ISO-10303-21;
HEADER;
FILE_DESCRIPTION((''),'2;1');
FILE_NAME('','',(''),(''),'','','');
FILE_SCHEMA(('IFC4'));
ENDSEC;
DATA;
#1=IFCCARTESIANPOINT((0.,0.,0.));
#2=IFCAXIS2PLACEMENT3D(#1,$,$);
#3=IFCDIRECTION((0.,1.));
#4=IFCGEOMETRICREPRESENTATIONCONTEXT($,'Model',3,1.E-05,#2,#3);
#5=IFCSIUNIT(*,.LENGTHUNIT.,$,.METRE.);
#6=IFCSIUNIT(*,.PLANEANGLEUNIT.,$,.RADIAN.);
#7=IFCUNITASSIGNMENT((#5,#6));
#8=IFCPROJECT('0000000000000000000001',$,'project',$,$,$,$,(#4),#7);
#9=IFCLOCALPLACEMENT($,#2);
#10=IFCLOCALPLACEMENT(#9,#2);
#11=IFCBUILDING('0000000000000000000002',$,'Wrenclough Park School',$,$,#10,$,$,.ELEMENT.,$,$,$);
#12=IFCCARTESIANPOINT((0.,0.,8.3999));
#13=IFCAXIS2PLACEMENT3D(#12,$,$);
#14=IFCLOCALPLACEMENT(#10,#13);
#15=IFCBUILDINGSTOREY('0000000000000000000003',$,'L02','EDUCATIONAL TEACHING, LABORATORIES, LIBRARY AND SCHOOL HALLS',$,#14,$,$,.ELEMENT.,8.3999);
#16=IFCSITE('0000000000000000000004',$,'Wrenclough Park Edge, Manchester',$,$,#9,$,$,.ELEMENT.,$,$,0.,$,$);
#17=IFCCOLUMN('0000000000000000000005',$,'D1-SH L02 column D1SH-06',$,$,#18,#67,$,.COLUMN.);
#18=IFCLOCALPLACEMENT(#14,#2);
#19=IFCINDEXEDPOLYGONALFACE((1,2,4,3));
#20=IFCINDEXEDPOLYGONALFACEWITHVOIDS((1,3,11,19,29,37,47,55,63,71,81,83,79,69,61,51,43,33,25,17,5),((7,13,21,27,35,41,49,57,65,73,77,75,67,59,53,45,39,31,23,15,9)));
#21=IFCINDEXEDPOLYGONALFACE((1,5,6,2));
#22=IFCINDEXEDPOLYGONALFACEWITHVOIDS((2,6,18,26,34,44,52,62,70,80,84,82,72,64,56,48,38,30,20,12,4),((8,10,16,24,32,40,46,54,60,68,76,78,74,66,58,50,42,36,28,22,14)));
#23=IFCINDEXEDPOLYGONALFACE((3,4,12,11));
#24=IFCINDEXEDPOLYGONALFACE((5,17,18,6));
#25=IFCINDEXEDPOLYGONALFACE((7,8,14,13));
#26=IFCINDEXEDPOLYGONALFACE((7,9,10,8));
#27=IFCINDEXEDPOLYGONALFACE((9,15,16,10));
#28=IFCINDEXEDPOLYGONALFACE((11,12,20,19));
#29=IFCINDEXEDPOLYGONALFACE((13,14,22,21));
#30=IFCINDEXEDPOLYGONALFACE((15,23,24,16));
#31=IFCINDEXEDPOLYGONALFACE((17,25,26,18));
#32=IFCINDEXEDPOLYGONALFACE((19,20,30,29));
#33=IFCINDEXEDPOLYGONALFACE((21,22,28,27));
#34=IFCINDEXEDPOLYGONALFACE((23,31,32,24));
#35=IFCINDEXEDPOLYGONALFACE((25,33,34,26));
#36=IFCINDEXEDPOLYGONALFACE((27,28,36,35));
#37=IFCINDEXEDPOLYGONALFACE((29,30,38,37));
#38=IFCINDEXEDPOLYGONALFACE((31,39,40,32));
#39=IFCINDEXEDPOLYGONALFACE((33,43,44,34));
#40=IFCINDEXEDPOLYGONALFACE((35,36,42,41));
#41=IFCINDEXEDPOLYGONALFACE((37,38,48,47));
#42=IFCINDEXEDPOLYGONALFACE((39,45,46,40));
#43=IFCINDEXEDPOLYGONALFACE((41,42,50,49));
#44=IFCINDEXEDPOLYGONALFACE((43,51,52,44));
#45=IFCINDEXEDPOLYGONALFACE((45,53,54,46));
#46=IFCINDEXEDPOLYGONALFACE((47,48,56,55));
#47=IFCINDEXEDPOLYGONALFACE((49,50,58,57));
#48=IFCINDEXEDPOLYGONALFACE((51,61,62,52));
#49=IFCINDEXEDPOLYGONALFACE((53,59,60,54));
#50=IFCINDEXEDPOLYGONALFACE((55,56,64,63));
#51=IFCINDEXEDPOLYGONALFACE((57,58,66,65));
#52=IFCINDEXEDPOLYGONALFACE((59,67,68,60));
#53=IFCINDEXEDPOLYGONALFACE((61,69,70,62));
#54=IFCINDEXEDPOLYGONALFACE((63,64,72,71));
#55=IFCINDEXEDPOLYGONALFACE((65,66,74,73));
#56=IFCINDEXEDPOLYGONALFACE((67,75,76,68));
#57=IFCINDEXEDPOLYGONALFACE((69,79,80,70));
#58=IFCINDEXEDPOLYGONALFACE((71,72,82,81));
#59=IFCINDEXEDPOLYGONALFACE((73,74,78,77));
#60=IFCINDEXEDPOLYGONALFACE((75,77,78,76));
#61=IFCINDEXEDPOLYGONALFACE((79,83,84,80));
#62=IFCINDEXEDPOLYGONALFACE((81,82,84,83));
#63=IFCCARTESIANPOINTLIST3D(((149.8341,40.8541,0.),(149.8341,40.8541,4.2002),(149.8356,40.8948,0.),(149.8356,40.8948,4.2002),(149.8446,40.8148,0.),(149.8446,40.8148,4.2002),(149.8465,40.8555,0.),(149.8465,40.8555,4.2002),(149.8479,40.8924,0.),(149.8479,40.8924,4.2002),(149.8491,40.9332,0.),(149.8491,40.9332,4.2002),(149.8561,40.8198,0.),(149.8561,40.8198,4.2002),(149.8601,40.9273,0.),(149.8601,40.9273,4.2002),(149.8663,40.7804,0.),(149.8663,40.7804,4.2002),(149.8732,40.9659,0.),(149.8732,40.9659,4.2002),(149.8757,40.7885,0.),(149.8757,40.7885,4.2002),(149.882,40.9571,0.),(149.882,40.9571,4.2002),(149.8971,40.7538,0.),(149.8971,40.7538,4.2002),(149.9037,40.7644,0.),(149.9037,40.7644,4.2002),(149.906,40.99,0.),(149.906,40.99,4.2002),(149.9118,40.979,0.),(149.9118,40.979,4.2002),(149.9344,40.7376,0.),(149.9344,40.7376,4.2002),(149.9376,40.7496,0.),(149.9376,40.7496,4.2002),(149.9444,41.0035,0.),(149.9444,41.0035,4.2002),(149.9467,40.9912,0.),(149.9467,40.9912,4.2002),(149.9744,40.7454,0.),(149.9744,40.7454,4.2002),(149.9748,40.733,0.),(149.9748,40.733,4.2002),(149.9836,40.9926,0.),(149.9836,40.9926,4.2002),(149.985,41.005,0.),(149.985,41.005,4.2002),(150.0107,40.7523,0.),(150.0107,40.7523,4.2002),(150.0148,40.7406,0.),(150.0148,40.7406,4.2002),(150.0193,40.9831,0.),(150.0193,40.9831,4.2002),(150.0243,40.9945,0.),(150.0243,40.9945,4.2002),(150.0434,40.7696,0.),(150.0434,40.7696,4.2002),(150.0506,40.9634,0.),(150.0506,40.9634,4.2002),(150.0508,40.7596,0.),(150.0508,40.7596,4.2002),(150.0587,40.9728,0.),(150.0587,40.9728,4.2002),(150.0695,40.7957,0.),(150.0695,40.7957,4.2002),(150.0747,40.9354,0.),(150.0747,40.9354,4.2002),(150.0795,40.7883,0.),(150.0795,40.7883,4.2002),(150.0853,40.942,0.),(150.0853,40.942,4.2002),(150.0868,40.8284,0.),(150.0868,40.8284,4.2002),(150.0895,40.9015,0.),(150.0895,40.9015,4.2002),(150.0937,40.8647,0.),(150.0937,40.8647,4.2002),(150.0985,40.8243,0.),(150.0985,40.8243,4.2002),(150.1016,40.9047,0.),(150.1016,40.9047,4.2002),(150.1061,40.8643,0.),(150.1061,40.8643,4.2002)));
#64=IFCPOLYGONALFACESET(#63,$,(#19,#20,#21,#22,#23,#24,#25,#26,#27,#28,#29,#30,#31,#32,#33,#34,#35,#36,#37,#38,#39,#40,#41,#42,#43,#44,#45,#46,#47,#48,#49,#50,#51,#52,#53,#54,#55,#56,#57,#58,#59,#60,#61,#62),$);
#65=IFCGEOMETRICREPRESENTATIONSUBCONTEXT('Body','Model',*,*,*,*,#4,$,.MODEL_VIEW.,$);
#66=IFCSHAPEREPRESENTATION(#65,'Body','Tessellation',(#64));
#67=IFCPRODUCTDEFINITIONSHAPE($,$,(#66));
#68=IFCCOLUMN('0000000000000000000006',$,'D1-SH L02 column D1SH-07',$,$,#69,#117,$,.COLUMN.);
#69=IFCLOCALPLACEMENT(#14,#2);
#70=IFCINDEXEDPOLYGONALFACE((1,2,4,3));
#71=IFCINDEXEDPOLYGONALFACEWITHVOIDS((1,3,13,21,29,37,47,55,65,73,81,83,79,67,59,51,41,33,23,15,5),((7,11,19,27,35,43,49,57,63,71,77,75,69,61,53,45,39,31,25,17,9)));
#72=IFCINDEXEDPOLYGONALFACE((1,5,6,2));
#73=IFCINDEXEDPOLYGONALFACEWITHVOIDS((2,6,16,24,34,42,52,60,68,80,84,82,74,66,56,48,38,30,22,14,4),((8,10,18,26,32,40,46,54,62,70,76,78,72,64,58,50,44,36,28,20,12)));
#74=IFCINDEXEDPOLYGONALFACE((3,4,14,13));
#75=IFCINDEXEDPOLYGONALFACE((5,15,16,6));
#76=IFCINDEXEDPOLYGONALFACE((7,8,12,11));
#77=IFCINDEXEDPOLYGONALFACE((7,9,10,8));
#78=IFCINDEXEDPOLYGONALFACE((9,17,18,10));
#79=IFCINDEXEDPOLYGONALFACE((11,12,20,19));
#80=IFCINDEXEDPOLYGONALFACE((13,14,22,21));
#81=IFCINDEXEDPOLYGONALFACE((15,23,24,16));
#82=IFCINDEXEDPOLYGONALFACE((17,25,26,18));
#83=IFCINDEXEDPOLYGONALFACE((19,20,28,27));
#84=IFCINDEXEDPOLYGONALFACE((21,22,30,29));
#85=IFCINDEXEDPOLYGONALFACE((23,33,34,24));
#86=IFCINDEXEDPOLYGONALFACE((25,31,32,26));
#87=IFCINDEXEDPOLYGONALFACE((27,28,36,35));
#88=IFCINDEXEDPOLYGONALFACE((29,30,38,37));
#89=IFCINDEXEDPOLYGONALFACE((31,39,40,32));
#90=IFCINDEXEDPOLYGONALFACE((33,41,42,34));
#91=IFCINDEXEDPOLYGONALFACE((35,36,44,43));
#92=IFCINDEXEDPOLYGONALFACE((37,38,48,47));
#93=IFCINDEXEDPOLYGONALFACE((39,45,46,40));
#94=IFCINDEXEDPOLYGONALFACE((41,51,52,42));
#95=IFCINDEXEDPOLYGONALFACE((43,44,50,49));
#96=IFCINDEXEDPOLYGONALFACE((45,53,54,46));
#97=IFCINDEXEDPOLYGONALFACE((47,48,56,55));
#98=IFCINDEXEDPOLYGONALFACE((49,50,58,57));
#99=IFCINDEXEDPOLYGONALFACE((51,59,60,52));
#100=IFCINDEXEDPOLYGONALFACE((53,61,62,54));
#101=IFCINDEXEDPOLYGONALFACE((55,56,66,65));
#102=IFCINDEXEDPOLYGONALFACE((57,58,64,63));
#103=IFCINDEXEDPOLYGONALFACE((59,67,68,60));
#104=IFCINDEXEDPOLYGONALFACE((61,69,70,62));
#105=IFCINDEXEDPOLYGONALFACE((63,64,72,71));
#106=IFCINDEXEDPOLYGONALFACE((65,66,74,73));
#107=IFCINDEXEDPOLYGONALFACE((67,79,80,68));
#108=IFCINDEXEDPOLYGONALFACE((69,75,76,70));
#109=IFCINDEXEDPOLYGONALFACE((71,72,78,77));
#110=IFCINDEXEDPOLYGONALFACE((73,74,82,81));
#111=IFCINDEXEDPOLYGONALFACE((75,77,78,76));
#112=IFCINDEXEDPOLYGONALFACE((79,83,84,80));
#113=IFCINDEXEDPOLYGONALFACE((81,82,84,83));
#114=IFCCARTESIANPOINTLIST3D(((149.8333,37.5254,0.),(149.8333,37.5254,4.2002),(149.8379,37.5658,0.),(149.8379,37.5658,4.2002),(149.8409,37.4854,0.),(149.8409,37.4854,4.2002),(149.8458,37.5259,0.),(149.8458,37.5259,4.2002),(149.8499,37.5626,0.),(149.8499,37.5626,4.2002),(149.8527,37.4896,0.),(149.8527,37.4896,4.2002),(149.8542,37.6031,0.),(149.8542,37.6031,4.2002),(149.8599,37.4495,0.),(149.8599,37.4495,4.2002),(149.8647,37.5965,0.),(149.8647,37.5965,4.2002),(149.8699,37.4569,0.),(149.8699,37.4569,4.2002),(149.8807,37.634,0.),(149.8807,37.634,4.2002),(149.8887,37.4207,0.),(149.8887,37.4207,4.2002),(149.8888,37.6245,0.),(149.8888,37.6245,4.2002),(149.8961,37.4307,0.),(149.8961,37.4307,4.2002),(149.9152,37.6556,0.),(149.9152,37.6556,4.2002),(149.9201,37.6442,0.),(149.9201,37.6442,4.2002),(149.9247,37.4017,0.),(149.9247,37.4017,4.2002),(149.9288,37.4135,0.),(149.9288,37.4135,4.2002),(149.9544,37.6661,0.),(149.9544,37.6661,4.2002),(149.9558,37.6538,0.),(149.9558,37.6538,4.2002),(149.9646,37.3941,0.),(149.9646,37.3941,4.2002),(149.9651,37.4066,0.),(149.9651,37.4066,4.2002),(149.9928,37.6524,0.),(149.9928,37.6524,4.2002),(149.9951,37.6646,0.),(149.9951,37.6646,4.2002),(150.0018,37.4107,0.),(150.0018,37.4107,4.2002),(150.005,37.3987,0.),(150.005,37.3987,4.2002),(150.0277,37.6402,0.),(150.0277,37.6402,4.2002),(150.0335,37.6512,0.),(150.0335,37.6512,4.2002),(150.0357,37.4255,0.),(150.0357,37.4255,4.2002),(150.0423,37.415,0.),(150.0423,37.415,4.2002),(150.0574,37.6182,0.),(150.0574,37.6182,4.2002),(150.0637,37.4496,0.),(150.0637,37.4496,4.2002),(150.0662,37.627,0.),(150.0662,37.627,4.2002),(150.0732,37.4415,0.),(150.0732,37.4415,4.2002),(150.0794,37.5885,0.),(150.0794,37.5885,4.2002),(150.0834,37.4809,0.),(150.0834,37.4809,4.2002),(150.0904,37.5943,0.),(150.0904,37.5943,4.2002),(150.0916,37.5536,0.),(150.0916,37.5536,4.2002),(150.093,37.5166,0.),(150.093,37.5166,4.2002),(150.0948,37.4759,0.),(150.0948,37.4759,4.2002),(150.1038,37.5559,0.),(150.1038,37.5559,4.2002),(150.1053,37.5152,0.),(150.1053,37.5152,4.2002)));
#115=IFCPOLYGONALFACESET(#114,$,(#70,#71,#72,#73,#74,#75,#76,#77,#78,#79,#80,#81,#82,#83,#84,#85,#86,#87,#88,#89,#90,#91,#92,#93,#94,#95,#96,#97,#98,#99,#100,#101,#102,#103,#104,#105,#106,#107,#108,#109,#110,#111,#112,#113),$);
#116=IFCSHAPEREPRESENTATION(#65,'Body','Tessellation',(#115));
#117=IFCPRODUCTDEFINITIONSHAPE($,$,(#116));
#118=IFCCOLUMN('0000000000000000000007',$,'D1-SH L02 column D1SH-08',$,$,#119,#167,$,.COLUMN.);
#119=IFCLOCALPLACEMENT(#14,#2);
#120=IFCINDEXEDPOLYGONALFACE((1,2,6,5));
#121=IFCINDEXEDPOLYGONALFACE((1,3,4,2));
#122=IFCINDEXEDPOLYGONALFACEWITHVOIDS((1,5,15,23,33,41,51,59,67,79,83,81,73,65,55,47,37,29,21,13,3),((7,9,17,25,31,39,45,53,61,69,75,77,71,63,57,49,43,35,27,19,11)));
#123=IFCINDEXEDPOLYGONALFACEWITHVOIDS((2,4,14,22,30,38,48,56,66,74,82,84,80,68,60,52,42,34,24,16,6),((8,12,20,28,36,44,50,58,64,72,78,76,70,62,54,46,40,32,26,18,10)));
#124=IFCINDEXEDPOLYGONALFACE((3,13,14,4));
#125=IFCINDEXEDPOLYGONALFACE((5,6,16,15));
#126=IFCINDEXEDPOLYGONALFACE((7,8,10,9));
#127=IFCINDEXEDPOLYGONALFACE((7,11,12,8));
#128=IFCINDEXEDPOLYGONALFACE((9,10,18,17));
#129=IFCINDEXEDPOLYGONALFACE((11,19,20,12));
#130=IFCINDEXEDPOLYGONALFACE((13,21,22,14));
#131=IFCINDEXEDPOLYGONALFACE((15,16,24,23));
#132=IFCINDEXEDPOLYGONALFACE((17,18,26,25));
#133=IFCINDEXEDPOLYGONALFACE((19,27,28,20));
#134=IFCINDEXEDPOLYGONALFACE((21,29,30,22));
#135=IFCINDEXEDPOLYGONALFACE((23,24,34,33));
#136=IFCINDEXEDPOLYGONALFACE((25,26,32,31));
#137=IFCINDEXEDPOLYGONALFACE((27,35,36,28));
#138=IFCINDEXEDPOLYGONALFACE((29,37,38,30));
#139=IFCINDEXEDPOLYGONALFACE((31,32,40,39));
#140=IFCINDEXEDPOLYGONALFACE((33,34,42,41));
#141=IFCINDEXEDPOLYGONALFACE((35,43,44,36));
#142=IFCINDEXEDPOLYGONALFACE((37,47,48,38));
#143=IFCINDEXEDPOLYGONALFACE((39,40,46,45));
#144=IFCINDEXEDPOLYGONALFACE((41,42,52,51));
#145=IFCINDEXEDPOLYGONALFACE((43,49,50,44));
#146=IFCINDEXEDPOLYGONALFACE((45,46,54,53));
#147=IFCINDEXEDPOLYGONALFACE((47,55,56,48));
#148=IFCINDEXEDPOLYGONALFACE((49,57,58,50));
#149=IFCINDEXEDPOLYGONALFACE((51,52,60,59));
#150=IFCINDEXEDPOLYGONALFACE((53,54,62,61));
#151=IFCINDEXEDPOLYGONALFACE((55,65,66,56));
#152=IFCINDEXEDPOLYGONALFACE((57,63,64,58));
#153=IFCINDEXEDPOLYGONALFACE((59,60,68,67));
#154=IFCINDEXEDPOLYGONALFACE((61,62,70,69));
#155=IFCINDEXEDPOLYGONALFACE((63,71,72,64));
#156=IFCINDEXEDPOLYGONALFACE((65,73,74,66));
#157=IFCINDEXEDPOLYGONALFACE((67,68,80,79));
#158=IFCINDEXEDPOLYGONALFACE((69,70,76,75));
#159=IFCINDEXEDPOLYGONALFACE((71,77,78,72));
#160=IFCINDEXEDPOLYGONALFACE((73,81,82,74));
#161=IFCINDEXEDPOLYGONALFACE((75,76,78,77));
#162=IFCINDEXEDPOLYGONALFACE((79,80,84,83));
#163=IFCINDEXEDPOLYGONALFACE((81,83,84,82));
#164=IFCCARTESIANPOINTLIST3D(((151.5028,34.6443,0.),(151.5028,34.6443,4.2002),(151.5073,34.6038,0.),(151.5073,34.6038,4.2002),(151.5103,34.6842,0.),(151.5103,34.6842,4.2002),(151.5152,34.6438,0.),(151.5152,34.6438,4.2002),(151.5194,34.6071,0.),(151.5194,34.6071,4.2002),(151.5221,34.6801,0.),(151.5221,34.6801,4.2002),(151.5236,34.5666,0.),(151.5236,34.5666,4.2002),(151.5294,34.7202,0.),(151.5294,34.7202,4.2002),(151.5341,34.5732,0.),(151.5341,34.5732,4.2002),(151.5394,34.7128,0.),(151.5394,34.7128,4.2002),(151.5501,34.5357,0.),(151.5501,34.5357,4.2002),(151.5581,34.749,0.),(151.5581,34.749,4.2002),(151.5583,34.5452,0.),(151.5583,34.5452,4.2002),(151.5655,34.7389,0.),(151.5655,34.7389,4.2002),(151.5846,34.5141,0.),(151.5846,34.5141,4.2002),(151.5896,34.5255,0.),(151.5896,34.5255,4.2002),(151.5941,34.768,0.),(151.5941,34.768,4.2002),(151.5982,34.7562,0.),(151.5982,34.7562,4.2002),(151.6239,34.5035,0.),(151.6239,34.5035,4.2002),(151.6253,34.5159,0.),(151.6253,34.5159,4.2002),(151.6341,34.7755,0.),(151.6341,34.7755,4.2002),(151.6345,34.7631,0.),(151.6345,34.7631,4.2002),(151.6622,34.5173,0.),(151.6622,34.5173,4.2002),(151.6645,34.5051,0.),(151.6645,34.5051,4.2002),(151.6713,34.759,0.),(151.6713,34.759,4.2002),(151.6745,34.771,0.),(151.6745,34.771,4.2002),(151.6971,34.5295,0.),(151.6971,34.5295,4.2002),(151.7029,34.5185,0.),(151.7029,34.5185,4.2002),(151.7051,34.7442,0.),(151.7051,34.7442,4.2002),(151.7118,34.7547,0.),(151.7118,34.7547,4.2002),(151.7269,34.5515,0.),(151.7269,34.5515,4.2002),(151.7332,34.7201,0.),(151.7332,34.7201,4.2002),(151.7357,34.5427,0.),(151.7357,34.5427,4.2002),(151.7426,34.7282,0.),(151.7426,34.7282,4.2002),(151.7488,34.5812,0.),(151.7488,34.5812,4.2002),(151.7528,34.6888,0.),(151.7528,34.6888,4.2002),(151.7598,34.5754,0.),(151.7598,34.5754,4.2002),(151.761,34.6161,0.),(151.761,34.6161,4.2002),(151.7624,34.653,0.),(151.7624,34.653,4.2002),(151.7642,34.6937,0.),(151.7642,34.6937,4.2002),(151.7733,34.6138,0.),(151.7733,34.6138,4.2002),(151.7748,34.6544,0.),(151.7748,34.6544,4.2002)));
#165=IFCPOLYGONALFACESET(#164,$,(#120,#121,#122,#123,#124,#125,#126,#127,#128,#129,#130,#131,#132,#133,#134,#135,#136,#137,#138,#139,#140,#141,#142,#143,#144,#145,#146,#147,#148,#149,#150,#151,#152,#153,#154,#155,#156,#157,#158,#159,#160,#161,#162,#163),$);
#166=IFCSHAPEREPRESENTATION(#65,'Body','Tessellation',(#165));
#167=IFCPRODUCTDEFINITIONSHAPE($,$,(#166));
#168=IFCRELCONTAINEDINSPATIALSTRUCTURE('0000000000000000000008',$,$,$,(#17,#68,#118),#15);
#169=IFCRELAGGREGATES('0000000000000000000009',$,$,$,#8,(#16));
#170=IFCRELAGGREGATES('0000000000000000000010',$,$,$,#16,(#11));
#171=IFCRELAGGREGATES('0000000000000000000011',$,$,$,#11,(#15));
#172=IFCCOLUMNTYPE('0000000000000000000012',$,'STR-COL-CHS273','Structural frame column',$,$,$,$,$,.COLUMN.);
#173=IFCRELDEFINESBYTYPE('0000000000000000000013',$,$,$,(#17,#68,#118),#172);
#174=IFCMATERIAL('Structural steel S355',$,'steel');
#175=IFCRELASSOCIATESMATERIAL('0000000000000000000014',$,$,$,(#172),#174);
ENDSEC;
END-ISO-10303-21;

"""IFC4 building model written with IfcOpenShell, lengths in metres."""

from ifc_helpers import new_model, si_unit, direction, frame, origin, origin_2d, place, context, subcontext, project, spatial, hollow_circle, extrude, material, material_profile, profile_set, type_object, element, save


model = new_model("IFC4")

# Units and contexts
model_context = context("Model", 3, precision=1e-05, world=origin(), true_north=direction((0.0, 1.0)))
body_context = subcontext(model_context, "Body", "Model", "MODEL_VIEW")
ifc_project = project(units=[si_unit("LENGTHUNIT", "METRE"), si_unit("PLANEANGLEUNIT", "RADIAN")], contexts=[model_context])

# Site, building, storey
site_placement = place(None, origin())
site = spatial("IfcSite", under=ifc_project, at=site_placement, Name="Wrenclough Park Edge, Manchester", CompositionType="ELEMENT", RefElevation=0.0)
building_placement = place(site_placement, origin())
building = spatial("IfcBuilding", under=site, at=building_placement, Name="Wrenclough Park School", CompositionType="ELEMENT")
storey_placement = place(building_placement, frame((0.0, 0.0, 8.3999)))
storey = spatial("IfcBuildingStorey", under=building, at=storey_placement, Name="L02", Description="EDUCATIONAL TEACHING, LABORATORIES, LIBRARY AND SCHOOL HALLS", CompositionType="ELEMENT", Elevation=8.3999)

# Columns
ifc_material_1 = material(Name="Structural steel S355", Category="steel")
ifc_material_profile_1 = material_profile(ifc_material_1, hollow_circle(Radius=0.1365, WallThickness=0.0125, at=origin_2d()), Name="CHS 273.0x12.5")
ifc_profile_set_1 = profile_set([ifc_material_profile_1], Name="Structural steel S355")
column_type_1 = type_object("IfcColumnType", Name="STR-COL-CHS273", Description="Structural frame column", PredefinedType="COLUMN", material=ifc_profile_set_1)
for number, where, z_axis, x_axis, name in (
    (1, (149.9697, 40.8694, 0.0), (0.0, 0.0, 1.0), (-0.258819, -0.965926, 0.0), "D1-SH L02 column D1SH-06"),
    (2, (149.9697, 37.5305, 0.0), (0.0, 0.0, 1.0), (0.258819, -0.965926, 0.0), "D1-SH L02 column D1SH-07"),
    (3, (151.6392, 34.6392, 0.0), (0.0, 0.0, 1.0), (0.707107, -0.707107, 0.0), "D1-SH L02 column D1SH-08"),
):
    element("IfcColumn", number, at=place(storey_placement, frame(where, z_axis=z_axis, x_axis=x_axis)), inside=storey, type_object=column_type_1, Name=name, PredefinedType="COLUMN", context=body_context, shape_type="SweptSolid", body=[
        extrude(hollow_circle(Radius=0.1365, WallThickness=0.0125, at=origin_2d()), origin(), (0.0, 0.0, 1.0), 4.2002),
    ])

save(model, "model.ifc")
